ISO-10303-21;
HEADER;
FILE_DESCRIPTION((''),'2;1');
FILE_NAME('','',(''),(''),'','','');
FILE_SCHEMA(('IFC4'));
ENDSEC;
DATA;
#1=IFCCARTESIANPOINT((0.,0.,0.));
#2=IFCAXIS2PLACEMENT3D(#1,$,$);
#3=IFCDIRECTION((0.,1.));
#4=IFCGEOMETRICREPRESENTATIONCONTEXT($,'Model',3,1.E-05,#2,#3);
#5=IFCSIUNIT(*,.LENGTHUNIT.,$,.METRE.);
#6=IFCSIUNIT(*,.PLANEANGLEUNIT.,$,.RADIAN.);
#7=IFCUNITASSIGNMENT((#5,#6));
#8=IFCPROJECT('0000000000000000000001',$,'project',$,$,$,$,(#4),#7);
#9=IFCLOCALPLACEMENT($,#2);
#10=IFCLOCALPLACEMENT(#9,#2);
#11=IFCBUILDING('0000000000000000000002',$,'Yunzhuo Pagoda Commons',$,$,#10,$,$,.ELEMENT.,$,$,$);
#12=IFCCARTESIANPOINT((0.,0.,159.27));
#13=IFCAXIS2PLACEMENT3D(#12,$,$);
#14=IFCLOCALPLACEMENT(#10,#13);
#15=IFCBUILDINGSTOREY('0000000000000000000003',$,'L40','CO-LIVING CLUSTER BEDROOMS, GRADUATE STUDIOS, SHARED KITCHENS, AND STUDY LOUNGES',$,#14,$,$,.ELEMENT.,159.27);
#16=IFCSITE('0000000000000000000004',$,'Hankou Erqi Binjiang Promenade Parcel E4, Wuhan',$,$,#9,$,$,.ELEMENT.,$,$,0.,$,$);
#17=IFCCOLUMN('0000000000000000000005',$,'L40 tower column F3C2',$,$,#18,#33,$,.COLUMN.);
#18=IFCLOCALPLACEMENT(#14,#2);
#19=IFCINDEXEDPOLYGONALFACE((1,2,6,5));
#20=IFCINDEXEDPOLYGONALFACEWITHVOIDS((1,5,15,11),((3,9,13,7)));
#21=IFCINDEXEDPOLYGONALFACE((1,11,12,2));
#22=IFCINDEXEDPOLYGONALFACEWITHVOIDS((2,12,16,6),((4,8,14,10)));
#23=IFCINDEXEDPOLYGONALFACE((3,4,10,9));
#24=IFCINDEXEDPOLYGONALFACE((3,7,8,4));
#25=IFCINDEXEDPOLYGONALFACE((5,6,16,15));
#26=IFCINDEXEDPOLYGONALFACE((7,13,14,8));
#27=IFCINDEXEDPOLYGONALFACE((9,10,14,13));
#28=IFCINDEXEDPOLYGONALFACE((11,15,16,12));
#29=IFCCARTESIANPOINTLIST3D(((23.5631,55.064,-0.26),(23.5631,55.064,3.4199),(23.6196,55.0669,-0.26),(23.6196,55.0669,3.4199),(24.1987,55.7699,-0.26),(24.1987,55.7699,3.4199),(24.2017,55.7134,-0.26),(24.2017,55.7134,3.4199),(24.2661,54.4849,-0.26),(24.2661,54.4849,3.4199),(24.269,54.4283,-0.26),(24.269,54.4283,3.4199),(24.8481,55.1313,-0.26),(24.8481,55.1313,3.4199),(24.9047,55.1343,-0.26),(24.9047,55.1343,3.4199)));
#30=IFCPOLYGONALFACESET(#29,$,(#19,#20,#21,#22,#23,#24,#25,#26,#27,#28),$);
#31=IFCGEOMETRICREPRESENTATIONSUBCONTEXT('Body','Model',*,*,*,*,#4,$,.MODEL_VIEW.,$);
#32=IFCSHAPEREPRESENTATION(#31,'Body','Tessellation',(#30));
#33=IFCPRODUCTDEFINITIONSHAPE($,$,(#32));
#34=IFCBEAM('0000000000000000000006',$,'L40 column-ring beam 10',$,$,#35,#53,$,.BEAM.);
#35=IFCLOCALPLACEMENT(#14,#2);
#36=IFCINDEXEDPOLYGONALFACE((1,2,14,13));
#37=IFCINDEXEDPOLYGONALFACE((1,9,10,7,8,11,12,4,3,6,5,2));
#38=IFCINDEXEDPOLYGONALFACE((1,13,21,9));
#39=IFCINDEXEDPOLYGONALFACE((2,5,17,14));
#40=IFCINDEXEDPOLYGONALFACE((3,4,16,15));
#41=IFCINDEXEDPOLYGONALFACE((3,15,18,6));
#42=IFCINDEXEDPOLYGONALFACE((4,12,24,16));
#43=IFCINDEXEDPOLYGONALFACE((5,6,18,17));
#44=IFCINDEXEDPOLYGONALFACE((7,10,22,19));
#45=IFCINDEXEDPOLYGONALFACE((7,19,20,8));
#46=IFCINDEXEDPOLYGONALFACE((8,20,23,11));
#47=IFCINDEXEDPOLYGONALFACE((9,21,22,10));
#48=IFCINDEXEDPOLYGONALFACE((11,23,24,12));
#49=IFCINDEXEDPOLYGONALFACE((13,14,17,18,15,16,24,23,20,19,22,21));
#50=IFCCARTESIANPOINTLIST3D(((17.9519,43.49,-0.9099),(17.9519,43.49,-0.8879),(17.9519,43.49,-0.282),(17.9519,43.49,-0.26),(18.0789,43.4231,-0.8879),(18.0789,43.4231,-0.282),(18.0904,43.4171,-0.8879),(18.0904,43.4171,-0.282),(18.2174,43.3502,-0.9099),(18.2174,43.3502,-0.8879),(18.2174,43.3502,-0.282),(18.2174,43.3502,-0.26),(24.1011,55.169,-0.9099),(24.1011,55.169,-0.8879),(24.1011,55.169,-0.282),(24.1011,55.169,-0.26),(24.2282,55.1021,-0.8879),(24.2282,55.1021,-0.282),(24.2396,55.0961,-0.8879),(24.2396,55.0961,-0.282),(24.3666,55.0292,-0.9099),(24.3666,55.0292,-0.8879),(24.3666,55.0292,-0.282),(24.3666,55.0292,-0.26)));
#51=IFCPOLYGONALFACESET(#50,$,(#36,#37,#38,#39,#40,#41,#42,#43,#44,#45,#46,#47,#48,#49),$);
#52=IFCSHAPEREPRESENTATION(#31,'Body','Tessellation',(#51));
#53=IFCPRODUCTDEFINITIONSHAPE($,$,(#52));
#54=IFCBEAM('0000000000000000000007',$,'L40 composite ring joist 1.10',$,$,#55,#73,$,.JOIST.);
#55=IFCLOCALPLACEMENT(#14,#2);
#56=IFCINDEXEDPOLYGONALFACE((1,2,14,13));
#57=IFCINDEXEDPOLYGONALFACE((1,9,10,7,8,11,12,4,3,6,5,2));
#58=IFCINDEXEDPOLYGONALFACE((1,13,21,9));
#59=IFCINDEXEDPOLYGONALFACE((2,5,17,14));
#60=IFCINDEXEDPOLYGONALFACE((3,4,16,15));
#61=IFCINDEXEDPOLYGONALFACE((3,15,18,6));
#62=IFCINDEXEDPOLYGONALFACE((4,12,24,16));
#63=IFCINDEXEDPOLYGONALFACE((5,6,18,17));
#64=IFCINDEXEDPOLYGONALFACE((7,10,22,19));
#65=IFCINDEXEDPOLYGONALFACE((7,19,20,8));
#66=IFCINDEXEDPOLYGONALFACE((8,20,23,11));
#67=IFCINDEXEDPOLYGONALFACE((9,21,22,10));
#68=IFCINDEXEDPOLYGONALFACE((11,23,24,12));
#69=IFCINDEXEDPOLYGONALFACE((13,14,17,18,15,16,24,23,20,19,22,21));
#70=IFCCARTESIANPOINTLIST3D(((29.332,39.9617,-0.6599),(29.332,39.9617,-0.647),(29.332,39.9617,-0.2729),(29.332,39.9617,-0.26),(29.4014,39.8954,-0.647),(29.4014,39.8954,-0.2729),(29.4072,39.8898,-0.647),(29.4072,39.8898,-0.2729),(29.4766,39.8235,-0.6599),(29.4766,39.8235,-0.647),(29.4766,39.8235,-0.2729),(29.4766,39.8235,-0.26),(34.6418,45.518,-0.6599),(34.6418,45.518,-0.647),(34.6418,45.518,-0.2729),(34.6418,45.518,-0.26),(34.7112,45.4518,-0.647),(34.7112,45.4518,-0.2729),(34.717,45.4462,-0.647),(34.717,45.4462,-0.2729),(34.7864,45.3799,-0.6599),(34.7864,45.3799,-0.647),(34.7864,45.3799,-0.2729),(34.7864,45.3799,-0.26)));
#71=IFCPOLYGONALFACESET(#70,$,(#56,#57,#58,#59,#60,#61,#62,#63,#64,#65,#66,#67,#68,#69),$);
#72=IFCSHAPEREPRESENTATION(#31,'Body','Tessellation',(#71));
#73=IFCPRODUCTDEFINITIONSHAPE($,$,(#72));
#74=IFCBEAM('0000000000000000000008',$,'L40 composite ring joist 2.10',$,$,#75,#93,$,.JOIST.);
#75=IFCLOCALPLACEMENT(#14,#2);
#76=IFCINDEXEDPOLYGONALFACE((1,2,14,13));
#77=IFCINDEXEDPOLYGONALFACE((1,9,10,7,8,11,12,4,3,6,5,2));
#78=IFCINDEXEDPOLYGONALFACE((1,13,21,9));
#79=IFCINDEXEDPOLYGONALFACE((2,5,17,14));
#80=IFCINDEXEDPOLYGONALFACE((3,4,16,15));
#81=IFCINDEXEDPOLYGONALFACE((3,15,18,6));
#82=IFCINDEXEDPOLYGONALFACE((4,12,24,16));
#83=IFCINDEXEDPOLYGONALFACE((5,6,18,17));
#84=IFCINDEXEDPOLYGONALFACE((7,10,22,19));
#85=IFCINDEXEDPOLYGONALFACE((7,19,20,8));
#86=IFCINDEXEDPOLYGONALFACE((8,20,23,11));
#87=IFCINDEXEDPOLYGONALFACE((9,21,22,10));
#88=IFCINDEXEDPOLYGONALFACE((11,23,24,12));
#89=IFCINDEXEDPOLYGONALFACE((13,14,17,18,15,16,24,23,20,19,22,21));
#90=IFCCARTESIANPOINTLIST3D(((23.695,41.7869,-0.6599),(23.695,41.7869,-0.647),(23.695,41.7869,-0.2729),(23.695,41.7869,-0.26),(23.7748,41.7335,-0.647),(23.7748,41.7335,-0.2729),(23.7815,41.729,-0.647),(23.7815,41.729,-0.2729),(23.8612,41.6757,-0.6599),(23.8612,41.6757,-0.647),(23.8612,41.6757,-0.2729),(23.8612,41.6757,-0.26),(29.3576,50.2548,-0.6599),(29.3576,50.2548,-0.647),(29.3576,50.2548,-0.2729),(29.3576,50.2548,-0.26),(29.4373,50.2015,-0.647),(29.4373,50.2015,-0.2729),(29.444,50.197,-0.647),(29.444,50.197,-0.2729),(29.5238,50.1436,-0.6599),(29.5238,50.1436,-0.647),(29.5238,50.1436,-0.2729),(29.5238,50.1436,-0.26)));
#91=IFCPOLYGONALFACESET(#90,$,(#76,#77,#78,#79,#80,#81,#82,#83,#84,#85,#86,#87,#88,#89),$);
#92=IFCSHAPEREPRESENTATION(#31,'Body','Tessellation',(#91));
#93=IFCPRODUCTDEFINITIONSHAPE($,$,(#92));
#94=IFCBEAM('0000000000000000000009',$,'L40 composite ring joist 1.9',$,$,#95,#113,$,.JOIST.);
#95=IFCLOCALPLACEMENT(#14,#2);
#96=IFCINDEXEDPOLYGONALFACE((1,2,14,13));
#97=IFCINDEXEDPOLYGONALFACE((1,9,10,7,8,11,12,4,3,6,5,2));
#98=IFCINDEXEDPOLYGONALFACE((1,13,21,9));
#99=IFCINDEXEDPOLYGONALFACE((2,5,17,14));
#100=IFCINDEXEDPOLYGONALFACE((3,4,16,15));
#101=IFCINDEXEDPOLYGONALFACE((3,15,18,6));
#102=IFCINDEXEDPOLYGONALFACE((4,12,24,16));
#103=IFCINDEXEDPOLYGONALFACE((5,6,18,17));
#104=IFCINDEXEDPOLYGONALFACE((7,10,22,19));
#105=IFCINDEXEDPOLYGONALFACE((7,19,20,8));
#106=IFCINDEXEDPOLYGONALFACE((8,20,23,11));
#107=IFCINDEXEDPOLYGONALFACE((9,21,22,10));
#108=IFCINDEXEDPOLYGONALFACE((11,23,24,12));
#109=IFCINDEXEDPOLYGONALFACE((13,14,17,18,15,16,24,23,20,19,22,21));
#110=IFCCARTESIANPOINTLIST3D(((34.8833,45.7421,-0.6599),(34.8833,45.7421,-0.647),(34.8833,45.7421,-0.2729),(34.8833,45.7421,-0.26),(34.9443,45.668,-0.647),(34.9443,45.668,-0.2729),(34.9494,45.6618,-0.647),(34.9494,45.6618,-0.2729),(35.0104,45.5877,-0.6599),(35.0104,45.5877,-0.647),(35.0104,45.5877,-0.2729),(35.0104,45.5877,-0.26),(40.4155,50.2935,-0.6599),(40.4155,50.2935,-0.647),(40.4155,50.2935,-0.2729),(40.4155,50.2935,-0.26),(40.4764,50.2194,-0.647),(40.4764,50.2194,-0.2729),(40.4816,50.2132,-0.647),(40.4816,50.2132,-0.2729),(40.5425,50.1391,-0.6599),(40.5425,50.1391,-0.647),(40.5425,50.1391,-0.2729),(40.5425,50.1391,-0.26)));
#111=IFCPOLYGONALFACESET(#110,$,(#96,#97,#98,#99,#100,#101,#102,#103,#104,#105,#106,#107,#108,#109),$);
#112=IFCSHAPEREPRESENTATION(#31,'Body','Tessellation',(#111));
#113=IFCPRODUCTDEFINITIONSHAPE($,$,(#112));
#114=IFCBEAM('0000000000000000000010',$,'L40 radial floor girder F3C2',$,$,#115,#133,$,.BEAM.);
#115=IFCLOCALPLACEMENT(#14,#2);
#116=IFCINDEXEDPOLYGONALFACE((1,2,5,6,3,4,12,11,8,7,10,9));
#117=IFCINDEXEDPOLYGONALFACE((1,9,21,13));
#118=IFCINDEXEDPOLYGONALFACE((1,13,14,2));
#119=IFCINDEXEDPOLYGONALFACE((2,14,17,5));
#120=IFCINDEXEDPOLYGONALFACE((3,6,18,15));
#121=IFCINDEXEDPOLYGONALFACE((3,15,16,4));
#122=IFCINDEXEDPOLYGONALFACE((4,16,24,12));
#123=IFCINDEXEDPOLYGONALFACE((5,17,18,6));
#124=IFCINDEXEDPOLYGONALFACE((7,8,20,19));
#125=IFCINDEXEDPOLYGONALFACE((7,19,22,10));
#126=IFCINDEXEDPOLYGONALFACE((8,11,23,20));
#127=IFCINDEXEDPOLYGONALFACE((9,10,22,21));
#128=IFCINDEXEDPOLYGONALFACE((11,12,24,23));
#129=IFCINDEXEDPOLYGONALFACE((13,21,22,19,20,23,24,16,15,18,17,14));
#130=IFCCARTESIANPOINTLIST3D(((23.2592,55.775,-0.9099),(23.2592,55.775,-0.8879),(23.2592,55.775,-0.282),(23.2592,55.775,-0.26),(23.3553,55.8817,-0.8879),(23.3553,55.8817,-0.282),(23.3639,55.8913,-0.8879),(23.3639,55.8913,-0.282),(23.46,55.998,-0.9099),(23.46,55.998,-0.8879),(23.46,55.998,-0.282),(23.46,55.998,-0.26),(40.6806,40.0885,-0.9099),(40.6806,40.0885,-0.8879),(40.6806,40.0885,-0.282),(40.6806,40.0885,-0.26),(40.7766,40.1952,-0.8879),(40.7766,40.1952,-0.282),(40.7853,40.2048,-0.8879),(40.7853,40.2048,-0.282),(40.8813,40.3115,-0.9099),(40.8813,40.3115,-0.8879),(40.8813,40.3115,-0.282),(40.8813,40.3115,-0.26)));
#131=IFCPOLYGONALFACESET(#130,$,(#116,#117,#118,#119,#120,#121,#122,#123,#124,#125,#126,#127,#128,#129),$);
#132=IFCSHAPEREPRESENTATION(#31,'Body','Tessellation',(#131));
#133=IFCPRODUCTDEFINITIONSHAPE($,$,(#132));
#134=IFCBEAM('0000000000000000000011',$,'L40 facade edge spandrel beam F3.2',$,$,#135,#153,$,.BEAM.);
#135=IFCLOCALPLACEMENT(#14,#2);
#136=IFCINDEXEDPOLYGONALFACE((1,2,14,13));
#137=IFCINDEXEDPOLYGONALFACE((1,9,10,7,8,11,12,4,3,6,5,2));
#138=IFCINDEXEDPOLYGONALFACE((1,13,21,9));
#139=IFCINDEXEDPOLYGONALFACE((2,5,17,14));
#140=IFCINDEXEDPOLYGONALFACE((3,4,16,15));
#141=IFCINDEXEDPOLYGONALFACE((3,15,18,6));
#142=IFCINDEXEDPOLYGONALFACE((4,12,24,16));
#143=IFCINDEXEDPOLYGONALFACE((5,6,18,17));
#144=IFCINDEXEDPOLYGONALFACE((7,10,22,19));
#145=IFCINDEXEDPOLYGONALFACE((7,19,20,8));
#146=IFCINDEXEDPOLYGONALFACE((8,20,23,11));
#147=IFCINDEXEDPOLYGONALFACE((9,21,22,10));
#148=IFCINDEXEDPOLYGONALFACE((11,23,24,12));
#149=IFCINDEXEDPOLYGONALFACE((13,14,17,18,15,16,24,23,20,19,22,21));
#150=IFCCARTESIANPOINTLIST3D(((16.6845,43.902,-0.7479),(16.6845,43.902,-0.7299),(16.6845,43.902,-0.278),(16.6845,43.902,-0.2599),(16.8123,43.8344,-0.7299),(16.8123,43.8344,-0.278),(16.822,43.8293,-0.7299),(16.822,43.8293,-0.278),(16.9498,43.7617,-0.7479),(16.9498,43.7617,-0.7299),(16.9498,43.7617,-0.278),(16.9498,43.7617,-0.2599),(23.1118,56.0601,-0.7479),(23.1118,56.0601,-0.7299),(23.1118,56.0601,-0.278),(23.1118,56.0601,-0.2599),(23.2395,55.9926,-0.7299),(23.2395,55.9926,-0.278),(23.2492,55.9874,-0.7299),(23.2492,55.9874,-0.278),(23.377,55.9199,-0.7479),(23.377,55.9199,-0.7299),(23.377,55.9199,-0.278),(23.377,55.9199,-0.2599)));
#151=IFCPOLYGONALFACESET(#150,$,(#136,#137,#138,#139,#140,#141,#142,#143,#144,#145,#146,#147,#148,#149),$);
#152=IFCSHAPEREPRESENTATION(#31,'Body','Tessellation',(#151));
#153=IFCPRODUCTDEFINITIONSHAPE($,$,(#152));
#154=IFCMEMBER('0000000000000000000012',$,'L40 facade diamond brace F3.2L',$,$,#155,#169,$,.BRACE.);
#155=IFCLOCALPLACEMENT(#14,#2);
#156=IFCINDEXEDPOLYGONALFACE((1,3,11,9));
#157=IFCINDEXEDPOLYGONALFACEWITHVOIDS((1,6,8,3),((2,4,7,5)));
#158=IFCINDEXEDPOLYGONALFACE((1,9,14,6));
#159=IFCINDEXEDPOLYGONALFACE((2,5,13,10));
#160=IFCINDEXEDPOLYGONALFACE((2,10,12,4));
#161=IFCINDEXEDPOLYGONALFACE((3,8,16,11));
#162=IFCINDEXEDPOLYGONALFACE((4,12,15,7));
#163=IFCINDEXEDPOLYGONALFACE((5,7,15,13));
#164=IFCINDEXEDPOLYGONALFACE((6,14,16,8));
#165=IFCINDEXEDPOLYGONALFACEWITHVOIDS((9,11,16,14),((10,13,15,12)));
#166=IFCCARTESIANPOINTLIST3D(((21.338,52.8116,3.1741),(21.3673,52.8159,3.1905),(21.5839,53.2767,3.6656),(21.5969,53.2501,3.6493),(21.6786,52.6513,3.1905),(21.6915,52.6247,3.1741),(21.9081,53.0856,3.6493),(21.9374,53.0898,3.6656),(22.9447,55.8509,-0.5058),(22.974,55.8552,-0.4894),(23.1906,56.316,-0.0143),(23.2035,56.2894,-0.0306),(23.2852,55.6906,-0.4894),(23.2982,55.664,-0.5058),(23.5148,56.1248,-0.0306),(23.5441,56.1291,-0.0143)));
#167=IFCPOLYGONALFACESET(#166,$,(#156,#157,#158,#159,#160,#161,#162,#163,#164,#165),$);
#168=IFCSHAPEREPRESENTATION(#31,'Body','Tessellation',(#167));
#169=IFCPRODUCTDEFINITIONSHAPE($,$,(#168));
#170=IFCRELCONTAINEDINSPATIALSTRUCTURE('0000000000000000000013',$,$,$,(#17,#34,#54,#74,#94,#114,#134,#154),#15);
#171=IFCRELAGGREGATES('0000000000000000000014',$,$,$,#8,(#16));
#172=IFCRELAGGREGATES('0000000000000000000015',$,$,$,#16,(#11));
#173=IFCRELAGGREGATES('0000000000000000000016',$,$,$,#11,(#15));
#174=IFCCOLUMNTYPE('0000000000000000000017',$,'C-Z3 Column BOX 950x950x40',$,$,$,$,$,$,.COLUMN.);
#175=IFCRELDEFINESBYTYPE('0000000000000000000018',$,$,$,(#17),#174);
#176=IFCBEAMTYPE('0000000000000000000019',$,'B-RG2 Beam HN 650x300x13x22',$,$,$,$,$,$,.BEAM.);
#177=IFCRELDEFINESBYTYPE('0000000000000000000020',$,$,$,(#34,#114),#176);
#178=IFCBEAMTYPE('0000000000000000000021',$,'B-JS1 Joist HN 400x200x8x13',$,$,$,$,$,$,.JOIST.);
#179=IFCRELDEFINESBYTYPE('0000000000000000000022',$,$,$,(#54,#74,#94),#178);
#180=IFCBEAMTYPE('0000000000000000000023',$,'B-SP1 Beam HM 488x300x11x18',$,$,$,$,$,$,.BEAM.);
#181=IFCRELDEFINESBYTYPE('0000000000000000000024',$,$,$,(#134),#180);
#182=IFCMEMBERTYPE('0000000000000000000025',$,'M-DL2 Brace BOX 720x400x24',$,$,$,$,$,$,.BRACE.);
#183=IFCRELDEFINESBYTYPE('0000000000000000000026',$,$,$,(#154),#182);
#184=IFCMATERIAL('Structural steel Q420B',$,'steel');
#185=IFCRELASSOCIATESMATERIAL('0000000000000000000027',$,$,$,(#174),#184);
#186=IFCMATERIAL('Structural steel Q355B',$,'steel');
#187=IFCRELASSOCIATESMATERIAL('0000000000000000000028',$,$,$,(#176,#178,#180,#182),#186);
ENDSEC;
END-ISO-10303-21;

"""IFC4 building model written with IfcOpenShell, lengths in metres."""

from ifc_helpers import new_model, si_unit, direction, frame, origin, origin_2d, place, context, subcontext, project, spatial, hollow_rectangle, i_section, extrude, source, transform, mapped, material, material_profile, profile_set, type_object, element, save


model = new_model("IFC4")

# Units and contexts
model_context = context("Model", 3, precision=1e-05, world=origin(), true_north=direction((0.0, 1.0)))
body_context = subcontext(model_context, "Body", "Model", "MODEL_VIEW")
ifc_project = project(units=[si_unit("LENGTHUNIT", "METRE"), si_unit("PLANEANGLEUNIT", "RADIAN")], contexts=[model_context])

# Site, building, storey
site_placement = place(None, origin())
site = spatial("IfcSite", under=ifc_project, at=site_placement, Name="Hankou Erqi Binjiang Promenade Parcel E4, Wuhan", CompositionType="ELEMENT", RefElevation=0.0)
building_placement = place(site_placement, origin())
building = spatial("IfcBuilding", under=site, at=building_placement, Name="Yunzhuo Pagoda Commons", CompositionType="ELEMENT")
storey_placement = place(building_placement, frame((0.0, 0.0, 159.27)))
storey = spatial("IfcBuildingStorey", under=building, at=storey_placement, Name="L40", Description="CO-LIVING CLUSTER BEDROOMS, GRADUATE STUDIOS, SHARED KITCHENS, AND STUDY LOUNGES", CompositionType="ELEMENT", Elevation=159.27)

# Column
ifc_material_1 = material(Name="Structural steel Q420B", Category="steel")
ifc_material_profile_1 = material_profile(ifc_material_1, hollow_rectangle(XDim=0.95, YDim=0.95, WallThickness=0.04, at=origin_2d()), Name="Structural steel Q420B")
ifc_profile_set_1 = profile_set([ifc_material_profile_1], Name="Structural steel Q420B")
column_type = type_object("IfcColumnType", Name="C-Z3 Column BOX 950x950x40", PredefinedType="COLUMN", material=ifc_profile_set_1)
shared_shape_1 = source(origin(), body_context, "Body", "SweptSolid", [
    extrude(hollow_rectangle(XDim=0.95, YDim=0.95, WallThickness=0.04, at=origin_2d()), origin(), (0.0, 0.0, 1.0), 3.6799),
])
column_placement = place(storey_placement, frame((24.2339, 55.0991, -0.26), z_axis=(0.0, 0.0, 1.0), x_axis=(-0.669131, -0.743145, 0.0)))
element("IfcColumn", 1, at=column_placement, inside=storey, type_object=column_type, Name="L40 tower column F3C2", PredefinedType="COLUMN", context=body_context, shape_type="MappedRepresentation", body=[
    mapped(shared_shape_1, transform((0.0, 0.0, 0.0), scale=1.0)),
])

# Beams
ifc_material_2 = material(Name="Structural steel Q355B", Category="steel")
ifc_material_profile_2 = material_profile(ifc_material_2, i_section(OverallWidth=0.3, OverallDepth=0.6499, WebThickness=0.0129, FlangeThickness=0.022, at=origin_2d()), Name="Structural steel Q355B")
ifc_profile_set_2 = profile_set([ifc_material_profile_2], Name="Structural steel Q355B")
beam_type_1 = type_object("IfcBeamType", Name="B-RG2 Beam HN 650x300x13x22", PredefinedType="BEAM", material=ifc_profile_set_2)
shared_shape_2 = source(origin(), body_context, "Body", "SweptSolid", [
    extrude(i_section(OverallWidth=0.3, OverallDepth=0.6499, WebThickness=0.0129, FlangeThickness=0.022, at=origin_2d()), origin(), (0.0, 0.0, 1.0), 13.199),
])
beam_1_placement = place(storey_placement, frame((24.2339, 55.0991, -0.585), z_axis=(-0.465886, -0.884845, 0.0), x_axis=(0.884845, -0.465886, 0.0)))
element("IfcBeam", 2, at=beam_1_placement, inside=storey, type_object=beam_type_1, Name="L40 column-ring beam 10", PredefinedType="BEAM", context=body_context, shape_type="MappedRepresentation", body=[
    mapped(shared_shape_2, transform((0.0, 0.0, 0.0), scale=1.0)),
])
ifc_material_profile_3 = material_profile(ifc_material_2, i_section(OverallWidth=0.2, OverallDepth=0.3999, WebThickness=0.0081, FlangeThickness=0.0129, at=origin_2d()), Name="Structural steel Q355B")
ifc_profile_set_3 = profile_set([ifc_material_profile_3], Name="Structural steel Q355B")
beam_type_2 = type_object("IfcBeamType", Name="B-JS1 Joist HN 400x200x8x13", PredefinedType="JOIST", material=ifc_profile_set_3)
shared_shape_3 = source(origin(), body_context, "Body", "SweptSolid", [
    extrude(i_section(OverallWidth=0.2, OverallDepth=0.3999, WebThickness=0.0081, FlangeThickness=0.0129, at=origin_2d()), origin(), (0.0, 0.0, 1.0), 7.6855),
])
beam_2_placement = place(storey_placement, frame((34.7141, 45.449, -0.46), z_axis=(-0.690883, -0.722967, 0.0), x_axis=(0.722967, -0.690883, 0.0)))
element("IfcBeam", 3, at=beam_2_placement, inside=storey, type_object=beam_type_2, Name="L40 composite ring joist 1.10", PredefinedType="JOIST", context=body_context, shape_type="MappedRepresentation", body=[
    mapped(shared_shape_3, transform((0.0, 0.0, 0.0), scale=1.0)),
])
shared_shape_4 = source(origin(), body_context, "Body", "SweptSolid", [
    extrude(i_section(OverallWidth=0.2, OverallDepth=0.3999, WebThickness=0.0081, FlangeThickness=0.0129, at=origin_2d()), origin(), (0.0, 0.0, 1.0), 10.1868),
])
beam_3_placement = place(storey_placement, frame((29.4407, 50.1992, -0.46), z_axis=(-0.555872, -0.831268, 0.0), x_axis=(0.831268, -0.555872, 0.0)))
element("IfcBeam", 4, at=beam_3_placement, inside=storey, type_object=beam_type_2, Name="L40 composite ring joist 2.10", PredefinedType="JOIST", context=body_context, shape_type="MappedRepresentation", body=[
    mapped(shared_shape_4, transform((0.0, 0.0, 0.0), scale=1.0)),
])
shared_shape_5 = source(origin(), body_context, "Body", "SweptSolid", [
    extrude(i_section(OverallWidth=0.2, OverallDepth=0.3999, WebThickness=0.0081, FlangeThickness=0.0129, at=origin_2d()), origin(), (0.0, 0.0, 1.0), 7.1638),
])
beam_4_placement = place(storey_placement, frame((40.479, 50.2163, -0.46), z_axis=(-0.772234, -0.635338, 0.0), x_axis=(0.635338, -0.772234, 0.0)))
element("IfcBeam", 5, at=beam_4_placement, inside=storey, type_object=beam_type_2, Name="L40 composite ring joist 1.9", PredefinedType="JOIST", context=body_context, shape_type="MappedRepresentation", body=[
    mapped(shared_shape_5, transform((0.0, 0.0, 0.0), scale=1.0)),
])
shared_shape_6 = source(origin(), body_context, "Body", "SweptSolid", [
    extrude(i_section(OverallWidth=0.3, OverallDepth=0.6499, WebThickness=0.0129, FlangeThickness=0.022, at=origin_2d()), origin(), (0.0, 0.0, 1.0), 23.4429),
])
beam_5_placement = place(storey_placement, frame((23.3596, 55.8865, -0.585), z_axis=(0.74314, -0.669136, 0.0), x_axis=(0.669136, 0.74314, 0.0)))
element("IfcBeam", 6, at=beam_5_placement, inside=storey, type_object=beam_type_1, Name="L40 radial floor girder F3C2", PredefinedType="BEAM", context=body_context, shape_type="MappedRepresentation", body=[
    mapped(shared_shape_6, transform((0.0, 0.0, 0.0), scale=1.0)),
])
ifc_material_profile_4 = material_profile(ifc_material_2, i_section(OverallWidth=0.3, OverallDepth=0.488, WebThickness=0.011, FlangeThickness=0.0181, at=origin_2d()), Name="Structural steel Q355B")
ifc_profile_set_4 = profile_set([ifc_material_profile_4], Name="Structural steel Q355B")
beam_type_3 = type_object("IfcBeamType", Name="B-SP1 Beam HM 488x300x11x18", PredefinedType="BEAM", material=ifc_profile_set_4)
shared_shape_7 = source(origin(), body_context, "Body", "SweptSolid", [
    extrude(i_section(OverallWidth=0.3, OverallDepth=0.488, WebThickness=0.011, FlangeThickness=0.0181, at=origin_2d()), origin(), (0.0, 0.0, 1.0), 13.7524),
])
beam_6_placement = place(storey_placement, frame((23.2444, 55.99, -0.5039), z_axis=(-0.467351, -0.884072, 0.0), x_axis=(0.884072, -0.467351, 0.0)))
element("IfcBeam", 7, at=beam_6_placement, inside=storey, type_object=beam_type_3, Name="L40 facade edge spandrel beam F3.2", PredefinedType="BEAM", context=body_context, shape_type="MappedRepresentation", body=[
    mapped(shared_shape_7, transform((0.0, 0.0, 0.0), scale=1.0)),
])

# Member
ifc_material_profile_5 = material_profile(ifc_material_2, hollow_rectangle(XDim=0.3999, YDim=0.72, WallThickness=0.0239, at=origin_2d()), Name="Structural steel Q355B")
ifc_profile_set_5 = profile_set([ifc_material_profile_5], Name="Structural steel Q355B")
member_type_1 = type_object("IfcMemberType", Name="M-DL2 Brace BOX 720x400x24", PredefinedType="BRACE", material=ifc_profile_set_5)
shared_shape_8 = source(origin(), body_context, "Body", "SweptSolid", [
    extrude(hollow_rectangle(XDim=0.3999, YDim=0.72, WallThickness=0.0239, at=origin_2d()), origin(), (0.0, 0.0, 1.0), 5.0359),
])
member_1_placement = place(storey_placement, frame((23.2444, 55.99, -0.26), z_axis=(-0.319044, -0.603523, 0.730733), x_axis=(0.884071, -0.467353, 0.0)))
element("IfcMember", 8, at=member_1_placement, inside=storey, type_object=member_type_1, Name="L40 facade diamond brace F3.2L", PredefinedType="BRACE", context=body_context, shape_type="MappedRepresentation", body=[
    mapped(shared_shape_8, transform((0.0, 0.0, 0.0), scale=1.0)),
])

save(model, "model.ifc")
